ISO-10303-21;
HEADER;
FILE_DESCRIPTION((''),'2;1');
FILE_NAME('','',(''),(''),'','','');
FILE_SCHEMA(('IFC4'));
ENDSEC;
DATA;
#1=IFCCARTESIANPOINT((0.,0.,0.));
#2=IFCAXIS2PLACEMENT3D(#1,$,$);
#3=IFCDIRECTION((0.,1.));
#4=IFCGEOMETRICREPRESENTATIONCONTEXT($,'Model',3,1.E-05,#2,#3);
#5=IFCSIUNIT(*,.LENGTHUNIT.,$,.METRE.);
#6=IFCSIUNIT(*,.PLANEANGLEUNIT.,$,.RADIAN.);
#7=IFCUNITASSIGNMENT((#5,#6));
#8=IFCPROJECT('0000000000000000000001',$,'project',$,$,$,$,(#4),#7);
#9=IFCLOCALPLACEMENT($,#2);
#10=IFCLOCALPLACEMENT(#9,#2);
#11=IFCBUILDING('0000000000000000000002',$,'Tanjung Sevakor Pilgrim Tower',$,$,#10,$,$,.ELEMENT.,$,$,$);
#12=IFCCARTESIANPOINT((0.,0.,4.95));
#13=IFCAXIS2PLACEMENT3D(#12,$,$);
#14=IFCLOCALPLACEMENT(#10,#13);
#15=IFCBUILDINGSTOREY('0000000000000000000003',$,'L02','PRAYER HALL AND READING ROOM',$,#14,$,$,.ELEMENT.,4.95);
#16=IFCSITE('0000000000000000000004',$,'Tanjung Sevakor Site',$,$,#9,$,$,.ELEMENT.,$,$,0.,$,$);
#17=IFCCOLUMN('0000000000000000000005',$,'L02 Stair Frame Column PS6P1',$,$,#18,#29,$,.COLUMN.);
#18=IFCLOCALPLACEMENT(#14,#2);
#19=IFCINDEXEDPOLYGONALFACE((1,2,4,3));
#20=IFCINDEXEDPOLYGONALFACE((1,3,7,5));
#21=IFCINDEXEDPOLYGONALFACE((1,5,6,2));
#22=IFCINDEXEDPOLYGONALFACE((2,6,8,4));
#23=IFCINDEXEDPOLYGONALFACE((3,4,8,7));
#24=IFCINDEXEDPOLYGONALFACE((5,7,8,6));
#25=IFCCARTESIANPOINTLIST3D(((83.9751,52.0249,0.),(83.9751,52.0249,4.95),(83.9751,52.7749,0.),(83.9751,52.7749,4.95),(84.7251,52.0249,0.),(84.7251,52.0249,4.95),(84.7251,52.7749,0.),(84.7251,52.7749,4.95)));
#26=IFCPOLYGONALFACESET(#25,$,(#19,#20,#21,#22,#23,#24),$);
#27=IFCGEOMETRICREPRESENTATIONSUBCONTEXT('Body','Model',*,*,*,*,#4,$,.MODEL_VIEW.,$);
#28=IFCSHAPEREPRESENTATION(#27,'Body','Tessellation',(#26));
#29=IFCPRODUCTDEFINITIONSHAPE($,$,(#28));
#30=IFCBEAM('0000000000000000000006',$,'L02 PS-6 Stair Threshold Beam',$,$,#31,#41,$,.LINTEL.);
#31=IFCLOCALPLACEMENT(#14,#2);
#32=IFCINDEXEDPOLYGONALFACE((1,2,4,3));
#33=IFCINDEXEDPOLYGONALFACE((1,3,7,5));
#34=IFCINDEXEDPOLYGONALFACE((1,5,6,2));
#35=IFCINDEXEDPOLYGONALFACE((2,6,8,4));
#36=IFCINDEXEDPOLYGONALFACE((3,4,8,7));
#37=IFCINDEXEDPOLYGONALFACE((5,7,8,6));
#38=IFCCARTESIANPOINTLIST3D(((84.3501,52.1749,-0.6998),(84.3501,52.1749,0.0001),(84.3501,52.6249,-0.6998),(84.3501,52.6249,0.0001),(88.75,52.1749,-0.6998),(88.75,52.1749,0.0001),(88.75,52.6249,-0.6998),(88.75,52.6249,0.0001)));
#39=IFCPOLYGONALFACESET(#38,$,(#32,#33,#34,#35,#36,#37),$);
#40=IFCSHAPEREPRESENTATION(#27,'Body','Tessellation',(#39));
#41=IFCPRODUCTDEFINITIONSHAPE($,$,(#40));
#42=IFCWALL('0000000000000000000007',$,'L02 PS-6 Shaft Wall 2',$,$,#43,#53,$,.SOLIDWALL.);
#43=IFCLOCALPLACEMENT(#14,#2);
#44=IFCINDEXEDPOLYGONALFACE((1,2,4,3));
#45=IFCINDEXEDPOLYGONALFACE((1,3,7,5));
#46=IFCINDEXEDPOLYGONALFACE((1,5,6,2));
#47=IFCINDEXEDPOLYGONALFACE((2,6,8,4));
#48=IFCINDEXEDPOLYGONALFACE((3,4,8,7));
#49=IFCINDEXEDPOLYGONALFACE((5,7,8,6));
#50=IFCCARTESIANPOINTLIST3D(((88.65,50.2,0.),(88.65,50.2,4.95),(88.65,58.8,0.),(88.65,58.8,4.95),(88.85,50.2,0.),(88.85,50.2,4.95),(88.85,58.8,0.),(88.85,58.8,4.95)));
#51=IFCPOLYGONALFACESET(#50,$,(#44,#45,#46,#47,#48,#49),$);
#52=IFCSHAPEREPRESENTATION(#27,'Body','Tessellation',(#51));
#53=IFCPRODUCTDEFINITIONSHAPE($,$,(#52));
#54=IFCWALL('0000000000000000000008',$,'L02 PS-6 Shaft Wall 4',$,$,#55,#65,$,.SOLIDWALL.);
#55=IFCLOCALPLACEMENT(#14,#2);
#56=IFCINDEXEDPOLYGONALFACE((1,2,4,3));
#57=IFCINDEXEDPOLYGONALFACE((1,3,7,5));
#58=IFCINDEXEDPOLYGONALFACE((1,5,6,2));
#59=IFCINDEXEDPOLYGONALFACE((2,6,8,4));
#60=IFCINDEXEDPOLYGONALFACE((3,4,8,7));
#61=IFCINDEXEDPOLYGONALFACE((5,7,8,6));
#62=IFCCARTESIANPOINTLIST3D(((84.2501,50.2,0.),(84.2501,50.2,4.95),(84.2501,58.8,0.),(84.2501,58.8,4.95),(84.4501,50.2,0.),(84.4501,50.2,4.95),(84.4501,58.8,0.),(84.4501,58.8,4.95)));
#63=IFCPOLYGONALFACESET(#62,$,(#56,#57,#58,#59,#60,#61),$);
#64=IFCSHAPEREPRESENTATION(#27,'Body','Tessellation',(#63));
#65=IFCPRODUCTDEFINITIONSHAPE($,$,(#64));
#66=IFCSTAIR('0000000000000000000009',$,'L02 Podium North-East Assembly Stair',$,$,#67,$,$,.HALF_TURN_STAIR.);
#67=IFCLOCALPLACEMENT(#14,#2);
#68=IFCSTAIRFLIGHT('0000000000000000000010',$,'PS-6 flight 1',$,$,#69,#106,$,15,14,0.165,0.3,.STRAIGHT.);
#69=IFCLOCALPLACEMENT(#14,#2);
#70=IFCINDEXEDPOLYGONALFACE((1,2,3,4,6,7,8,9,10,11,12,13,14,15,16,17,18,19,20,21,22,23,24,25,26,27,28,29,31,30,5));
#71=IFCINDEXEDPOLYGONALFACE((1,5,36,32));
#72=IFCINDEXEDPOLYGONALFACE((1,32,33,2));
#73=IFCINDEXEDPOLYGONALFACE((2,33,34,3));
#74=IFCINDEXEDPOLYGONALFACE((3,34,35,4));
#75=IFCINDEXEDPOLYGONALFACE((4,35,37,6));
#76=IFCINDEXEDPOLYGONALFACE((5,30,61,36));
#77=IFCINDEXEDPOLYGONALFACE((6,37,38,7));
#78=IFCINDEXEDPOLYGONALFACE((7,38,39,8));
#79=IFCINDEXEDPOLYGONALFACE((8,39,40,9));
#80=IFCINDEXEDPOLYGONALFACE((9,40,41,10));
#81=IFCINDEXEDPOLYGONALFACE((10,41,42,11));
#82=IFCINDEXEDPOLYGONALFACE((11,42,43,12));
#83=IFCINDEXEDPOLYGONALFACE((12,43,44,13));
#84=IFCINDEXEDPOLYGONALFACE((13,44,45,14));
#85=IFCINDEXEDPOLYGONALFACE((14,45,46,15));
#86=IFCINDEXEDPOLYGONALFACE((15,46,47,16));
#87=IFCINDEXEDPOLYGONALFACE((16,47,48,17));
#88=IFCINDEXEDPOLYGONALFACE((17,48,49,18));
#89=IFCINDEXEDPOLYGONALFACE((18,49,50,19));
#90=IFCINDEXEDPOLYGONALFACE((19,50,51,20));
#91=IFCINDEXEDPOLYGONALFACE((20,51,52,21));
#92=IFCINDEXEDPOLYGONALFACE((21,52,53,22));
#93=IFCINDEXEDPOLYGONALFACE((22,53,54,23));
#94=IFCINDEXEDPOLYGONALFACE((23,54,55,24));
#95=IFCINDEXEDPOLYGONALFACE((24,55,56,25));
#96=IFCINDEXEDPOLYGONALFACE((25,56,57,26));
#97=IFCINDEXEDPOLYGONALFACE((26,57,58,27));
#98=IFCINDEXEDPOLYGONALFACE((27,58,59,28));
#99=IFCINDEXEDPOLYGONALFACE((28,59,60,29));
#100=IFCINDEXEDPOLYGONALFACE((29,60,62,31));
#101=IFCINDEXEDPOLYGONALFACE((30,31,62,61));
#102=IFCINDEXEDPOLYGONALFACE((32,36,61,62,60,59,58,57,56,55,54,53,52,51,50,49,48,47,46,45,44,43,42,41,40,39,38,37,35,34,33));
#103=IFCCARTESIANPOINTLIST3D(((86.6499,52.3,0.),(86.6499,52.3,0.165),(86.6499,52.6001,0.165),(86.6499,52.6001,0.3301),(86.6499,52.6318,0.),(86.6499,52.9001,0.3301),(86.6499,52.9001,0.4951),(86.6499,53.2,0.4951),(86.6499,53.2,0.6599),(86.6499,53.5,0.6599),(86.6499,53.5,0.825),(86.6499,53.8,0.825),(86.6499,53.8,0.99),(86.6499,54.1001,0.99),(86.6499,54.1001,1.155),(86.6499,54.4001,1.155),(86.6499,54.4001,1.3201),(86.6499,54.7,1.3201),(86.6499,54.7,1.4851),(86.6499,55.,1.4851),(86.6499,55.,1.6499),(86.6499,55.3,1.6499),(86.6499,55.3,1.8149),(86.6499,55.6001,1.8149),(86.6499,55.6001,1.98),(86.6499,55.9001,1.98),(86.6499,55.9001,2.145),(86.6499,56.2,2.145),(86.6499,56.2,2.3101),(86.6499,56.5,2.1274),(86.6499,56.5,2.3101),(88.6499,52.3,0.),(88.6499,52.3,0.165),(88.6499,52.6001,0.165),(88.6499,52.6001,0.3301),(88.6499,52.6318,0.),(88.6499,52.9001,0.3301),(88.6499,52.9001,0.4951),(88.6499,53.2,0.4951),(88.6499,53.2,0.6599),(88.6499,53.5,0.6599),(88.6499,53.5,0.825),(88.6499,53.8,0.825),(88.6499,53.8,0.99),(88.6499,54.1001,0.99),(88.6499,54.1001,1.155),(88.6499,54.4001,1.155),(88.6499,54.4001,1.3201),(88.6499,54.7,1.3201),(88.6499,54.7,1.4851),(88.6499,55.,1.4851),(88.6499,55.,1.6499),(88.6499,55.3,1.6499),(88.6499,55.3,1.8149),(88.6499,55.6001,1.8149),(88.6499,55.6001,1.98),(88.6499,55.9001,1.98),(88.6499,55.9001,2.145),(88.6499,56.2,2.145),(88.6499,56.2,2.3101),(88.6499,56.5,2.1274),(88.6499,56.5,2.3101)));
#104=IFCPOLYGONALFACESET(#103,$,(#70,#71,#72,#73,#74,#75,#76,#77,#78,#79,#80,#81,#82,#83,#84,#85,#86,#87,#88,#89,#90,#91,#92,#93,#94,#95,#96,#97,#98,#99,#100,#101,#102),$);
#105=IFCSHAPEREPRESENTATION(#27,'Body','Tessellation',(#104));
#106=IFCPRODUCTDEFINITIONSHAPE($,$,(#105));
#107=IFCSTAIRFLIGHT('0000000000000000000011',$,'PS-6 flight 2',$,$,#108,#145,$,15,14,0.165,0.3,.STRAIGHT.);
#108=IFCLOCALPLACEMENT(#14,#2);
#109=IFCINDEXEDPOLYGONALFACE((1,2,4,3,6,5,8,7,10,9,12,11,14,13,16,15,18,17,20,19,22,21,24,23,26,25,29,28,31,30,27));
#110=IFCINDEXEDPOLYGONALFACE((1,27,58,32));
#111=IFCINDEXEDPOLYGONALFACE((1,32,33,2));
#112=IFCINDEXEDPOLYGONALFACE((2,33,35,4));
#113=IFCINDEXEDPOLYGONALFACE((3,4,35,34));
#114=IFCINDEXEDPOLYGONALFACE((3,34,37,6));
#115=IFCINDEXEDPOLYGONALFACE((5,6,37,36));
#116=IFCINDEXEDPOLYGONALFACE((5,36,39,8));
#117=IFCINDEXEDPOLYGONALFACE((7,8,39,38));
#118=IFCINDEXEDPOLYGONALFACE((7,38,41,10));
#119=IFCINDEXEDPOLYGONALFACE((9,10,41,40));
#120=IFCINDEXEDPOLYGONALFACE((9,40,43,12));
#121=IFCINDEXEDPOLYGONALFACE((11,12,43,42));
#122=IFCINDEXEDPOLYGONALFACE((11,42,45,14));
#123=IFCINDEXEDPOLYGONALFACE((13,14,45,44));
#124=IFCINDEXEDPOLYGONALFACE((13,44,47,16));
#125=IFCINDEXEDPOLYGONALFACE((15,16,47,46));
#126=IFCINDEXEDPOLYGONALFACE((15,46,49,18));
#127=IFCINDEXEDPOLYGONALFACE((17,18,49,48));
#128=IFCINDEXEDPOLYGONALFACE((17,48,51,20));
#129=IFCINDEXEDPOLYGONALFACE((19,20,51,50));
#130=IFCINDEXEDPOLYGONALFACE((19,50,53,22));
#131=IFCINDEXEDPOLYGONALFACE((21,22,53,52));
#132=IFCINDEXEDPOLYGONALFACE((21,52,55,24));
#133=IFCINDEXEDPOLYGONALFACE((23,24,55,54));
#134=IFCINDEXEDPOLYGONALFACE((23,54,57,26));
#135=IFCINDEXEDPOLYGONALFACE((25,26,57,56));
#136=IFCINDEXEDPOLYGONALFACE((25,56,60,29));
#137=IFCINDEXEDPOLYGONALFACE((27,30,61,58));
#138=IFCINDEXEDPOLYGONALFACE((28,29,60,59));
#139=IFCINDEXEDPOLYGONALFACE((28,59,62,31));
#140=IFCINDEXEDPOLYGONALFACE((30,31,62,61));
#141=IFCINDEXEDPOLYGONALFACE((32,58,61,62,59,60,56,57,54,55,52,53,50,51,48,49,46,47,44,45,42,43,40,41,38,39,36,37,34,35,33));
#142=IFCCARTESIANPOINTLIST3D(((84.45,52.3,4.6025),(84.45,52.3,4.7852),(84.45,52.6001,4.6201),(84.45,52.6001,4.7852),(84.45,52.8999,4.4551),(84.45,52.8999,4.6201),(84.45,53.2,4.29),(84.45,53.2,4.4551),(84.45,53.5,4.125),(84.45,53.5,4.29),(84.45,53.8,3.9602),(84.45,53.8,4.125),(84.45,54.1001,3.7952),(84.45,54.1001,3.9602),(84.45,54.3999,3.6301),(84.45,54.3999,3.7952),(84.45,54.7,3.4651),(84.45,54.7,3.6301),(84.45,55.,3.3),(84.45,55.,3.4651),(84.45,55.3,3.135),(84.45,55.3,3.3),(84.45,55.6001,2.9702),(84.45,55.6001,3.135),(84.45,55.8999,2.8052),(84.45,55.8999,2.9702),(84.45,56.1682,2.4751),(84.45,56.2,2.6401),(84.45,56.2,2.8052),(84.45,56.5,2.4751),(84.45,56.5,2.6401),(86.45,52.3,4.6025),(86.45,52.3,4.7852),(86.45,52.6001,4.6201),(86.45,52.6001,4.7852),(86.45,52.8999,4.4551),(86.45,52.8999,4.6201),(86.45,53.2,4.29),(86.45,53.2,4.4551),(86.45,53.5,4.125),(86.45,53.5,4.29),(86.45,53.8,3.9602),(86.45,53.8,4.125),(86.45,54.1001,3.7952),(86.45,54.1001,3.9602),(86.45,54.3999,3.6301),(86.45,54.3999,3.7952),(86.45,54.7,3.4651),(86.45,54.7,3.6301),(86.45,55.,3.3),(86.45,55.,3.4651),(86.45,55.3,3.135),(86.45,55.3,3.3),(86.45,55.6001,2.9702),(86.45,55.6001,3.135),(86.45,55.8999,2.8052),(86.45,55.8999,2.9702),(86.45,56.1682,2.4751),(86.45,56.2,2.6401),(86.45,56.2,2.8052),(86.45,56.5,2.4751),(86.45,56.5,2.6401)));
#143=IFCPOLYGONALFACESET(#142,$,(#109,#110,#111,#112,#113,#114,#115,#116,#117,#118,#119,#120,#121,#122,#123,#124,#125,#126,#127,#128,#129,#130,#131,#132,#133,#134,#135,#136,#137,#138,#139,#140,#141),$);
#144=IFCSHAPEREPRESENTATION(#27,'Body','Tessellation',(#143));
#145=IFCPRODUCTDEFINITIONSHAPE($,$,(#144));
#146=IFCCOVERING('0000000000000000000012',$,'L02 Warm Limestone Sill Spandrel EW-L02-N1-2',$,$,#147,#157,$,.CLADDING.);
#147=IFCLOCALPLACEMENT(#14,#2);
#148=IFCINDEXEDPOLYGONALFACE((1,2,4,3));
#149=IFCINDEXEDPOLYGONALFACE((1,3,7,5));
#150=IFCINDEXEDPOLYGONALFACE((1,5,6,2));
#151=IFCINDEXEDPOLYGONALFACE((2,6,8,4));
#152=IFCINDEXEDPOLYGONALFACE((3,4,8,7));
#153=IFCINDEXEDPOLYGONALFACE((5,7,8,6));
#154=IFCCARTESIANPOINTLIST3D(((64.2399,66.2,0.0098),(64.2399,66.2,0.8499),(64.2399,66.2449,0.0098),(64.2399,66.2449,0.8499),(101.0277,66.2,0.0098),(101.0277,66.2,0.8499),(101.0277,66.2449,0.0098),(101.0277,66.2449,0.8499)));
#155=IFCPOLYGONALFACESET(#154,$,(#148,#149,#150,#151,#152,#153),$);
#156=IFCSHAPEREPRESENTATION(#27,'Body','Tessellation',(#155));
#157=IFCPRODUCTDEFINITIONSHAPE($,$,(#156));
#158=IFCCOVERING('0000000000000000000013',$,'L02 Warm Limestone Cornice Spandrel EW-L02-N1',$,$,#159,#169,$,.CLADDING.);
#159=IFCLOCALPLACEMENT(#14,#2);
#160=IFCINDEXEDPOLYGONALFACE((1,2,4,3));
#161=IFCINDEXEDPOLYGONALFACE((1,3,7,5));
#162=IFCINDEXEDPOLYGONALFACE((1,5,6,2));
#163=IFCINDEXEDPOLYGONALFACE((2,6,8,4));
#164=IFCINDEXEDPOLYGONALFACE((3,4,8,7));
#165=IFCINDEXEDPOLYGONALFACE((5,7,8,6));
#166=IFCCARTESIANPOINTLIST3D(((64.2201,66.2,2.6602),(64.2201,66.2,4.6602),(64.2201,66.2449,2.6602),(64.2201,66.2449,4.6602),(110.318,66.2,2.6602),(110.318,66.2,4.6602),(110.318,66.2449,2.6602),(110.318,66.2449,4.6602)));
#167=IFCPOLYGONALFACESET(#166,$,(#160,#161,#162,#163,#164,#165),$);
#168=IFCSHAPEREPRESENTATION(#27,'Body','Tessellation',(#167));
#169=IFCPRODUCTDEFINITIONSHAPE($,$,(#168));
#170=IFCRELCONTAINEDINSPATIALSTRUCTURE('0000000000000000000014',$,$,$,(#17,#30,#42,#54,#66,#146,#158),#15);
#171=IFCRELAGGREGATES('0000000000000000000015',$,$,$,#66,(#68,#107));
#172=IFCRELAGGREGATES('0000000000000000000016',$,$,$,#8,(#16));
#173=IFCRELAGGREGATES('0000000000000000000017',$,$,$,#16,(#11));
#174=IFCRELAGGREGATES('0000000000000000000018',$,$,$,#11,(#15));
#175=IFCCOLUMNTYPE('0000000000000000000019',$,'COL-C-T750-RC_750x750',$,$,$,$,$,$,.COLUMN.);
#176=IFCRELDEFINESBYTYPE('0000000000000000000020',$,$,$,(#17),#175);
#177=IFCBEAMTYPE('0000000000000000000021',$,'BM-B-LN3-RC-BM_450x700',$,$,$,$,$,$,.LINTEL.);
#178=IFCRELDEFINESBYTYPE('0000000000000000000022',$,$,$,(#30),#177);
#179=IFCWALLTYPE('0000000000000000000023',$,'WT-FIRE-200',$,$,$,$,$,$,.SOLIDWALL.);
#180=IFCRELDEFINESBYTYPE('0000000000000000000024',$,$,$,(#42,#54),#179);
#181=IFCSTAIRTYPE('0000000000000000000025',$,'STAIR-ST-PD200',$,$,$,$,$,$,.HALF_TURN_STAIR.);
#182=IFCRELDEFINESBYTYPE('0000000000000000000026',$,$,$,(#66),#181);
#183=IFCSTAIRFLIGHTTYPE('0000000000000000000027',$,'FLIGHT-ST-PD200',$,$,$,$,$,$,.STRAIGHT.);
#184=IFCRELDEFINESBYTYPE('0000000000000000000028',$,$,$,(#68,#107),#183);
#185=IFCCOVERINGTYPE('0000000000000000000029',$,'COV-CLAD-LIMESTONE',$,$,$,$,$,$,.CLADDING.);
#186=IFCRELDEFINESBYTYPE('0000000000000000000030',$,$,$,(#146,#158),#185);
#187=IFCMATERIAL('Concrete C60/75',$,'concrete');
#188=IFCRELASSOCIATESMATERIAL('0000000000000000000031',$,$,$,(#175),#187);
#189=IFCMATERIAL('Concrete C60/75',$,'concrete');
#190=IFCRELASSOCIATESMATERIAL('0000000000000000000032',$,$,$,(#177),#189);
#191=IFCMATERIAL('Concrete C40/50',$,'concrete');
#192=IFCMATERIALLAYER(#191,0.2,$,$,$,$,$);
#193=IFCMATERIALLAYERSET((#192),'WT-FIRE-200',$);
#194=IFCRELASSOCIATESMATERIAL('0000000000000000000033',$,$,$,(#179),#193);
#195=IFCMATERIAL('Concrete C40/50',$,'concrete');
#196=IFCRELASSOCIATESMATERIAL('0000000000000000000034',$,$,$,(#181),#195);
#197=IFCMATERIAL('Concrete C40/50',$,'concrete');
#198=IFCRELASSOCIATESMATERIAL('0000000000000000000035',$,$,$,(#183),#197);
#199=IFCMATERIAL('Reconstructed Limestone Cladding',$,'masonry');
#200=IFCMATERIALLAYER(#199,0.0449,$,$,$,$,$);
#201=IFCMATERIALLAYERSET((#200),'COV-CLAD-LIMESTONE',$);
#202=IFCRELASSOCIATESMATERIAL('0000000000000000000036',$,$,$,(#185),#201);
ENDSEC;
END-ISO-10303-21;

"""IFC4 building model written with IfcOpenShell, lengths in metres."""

from ifc_helpers import new_model, si_unit, direction, frame, frame_2d, origin, origin_2d, place, context, subcontext, project, spatial, polyline, rectangle, outline, extrude, material, layer, layer_set, material_profile, profile_set, type_object, element, aggregate, save


model = new_model("IFC4")

# Units and contexts
model_context = context("Model", 3, precision=1e-05, world=origin(), true_north=direction((0.0, 1.0)))
body_context = subcontext(model_context, "Body", "Model", "MODEL_VIEW")
ifc_project = project(units=[si_unit("LENGTHUNIT", "METRE"), si_unit("PLANEANGLEUNIT", "RADIAN")], contexts=[model_context])

# Site, building, storey
site_placement = place(None, origin())
site = spatial("IfcSite", under=ifc_project, at=site_placement, Name="Tanjung Sevakor Site", CompositionType="ELEMENT", RefElevation=0.0)
building_placement = place(site_placement, origin())
building = spatial("IfcBuilding", under=site, at=building_placement, Name="Tanjung Sevakor Pilgrim Tower", CompositionType="ELEMENT")
storey_placement = place(building_placement, frame((0.0, 0.0, 4.95)))
storey = spatial("IfcBuildingStorey", under=building, at=storey_placement, Name="L02", Description="PRAYER HALL AND READING ROOM", CompositionType="ELEMENT", Elevation=4.95)

# Column
ifc_material_1 = material(Name="Concrete C60/75", Category="concrete")
ifc_material_profile_1 = material_profile(ifc_material_1, rectangle(XDim=0.75, YDim=0.75, at=origin_2d()))
ifc_profile_set_1 = profile_set([ifc_material_profile_1], Name="Concrete C60/75")
column_type = type_object("IfcColumnType", Name="COL-C-T750-RC_750x750", PredefinedType="COLUMN", material=ifc_profile_set_1)
column_placement = place(storey_placement, frame((84.3501, 52.3999, 0.0), z_axis=(0.0, 0.0, 1.0), x_axis=(1.0, 0.0, 0.0)))
element("IfcColumn", 1, at=column_placement, inside=storey, type_object=column_type, Name="L02 Stair Frame Column PS6P1", PredefinedType="COLUMN", context=body_context, shape_type="SweptSolid", body=[
    extrude(rectangle(XDim=0.75, YDim=0.75, at=origin_2d()), origin(), (0.0, 0.0, 1.0), 4.95),
])

# Beam
ifc_material_2 = material(Name="Concrete C60/75", Category="concrete")
ifc_material_profile_2 = material_profile(ifc_material_2, rectangle(XDim=0.45, YDim=0.7, at=origin_2d()))
ifc_profile_set_2 = profile_set([ifc_material_profile_2], Name="Concrete C60/75")
beam_type = type_object("IfcBeamType", Name="BM-B-LN3-RC-BM_450x700", PredefinedType="LINTEL", material=ifc_profile_set_2)
beam_placement = place(storey_placement, frame((84.3501, 52.3999, -0.3499), z_axis=(1.0, 0.0, 0.0), x_axis=(0.0, 1.0, 0.0)))
element("IfcBeam", 2, at=beam_placement, inside=storey, type_object=beam_type, Name="L02 PS-6 Stair Threshold Beam", PredefinedType="LINTEL", context=body_context, shape_type="SweptSolid", body=[
    extrude(rectangle(XDim=0.45, YDim=0.7, at=origin_2d()), origin(), (0.0, 0.0, 1.0), 4.3999),
])

# Shared definitions
ifc_material_3 = material(Name="Concrete C40/50", Category="concrete")
ifc_layer_1 = layer(ifc_material_3, 0.2)
ifc_layer_set_1 = layer_set([ifc_layer_1], Name="WT-FIRE-200")
wall_type = type_object("IfcWallType", Name="WT-FIRE-200", PredefinedType="SOLIDWALL", material=ifc_layer_set_1)

# Walls
for number, where, z_axis, x_axis, name in (
    (3, (88.75, 50.2, 0.0), (0.0, 0.0, 1.0), (0.0, 1.0, 0.0), "L02 PS-6 Shaft Wall 2"),
    (4, (84.3501, 58.8, 0.0), (0.0, 0.0, 1.0), (0.0, -1.0, 0.0), "L02 PS-6 Shaft Wall 4"),
):
    element("IfcWall", number, at=place(storey_placement, frame(where, z_axis=z_axis, x_axis=x_axis)), inside=storey, type_object=wall_type, Name=name, PredefinedType="SOLIDWALL", context=body_context, shape_type="SweptSolid", body=[
        extrude(rectangle(XDim=8.6001, YDim=0.2, at=frame_2d((4.3, 0.0))), origin(), (0.0, 0.0, 1.0), 4.95),
    ])

# Stair, stair flights
ifc_material_4 = material(Name="Concrete C40/50", Category="concrete")
stair_type = type_object("IfcStairType", Name="STAIR-ST-PD200", PredefinedType="HALF_TURN_STAIR", material=ifc_material_4)
stair_placement = place(storey_placement, origin())
stair = element("IfcStair", 5, at=stair_placement, inside=storey, type_object=stair_type, Name="L02 Podium North-East Assembly Stair", PredefinedType="HALF_TURN_STAIR")
ifc_material_5 = material(Name="Concrete C40/50", Category="concrete")
stair_flight_type = type_object("IfcStairFlightType", Name="FLIGHT-ST-PD200", PredefinedType="STRAIGHT", material=ifc_material_5)
stair_flight_1_placement = place(storey_placement, frame((87.6499, 52.3, 0.0), z_axis=(0.0, 0.0, 1.0), x_axis=(0.0, 1.0, 0.0)))
stair_flight_1 = element("IfcStairFlight", 6, at=stair_flight_1_placement, type_object=stair_flight_type, Name="PS-6 flight 1", NumberOfRisers=15, NumberOfTreads=14, PredefinedType="STRAIGHT", RiserHeight=0.165, TreadLength=0.3, context=body_context, shape_type="SweptSolid", body=[
    extrude(outline(polyline([(0.0, 0.0), (0.0, 0.165), (0.3, 0.165), (0.3, 0.3301), (0.6001, 0.3301), (0.6001, 0.4951), (0.8999, 0.4951), (0.8999, 0.6599), (1.2, 0.6599), (1.2, 0.825), (1.5, 0.825), (1.5, 0.99), (1.8, 0.99), (1.8, 1.155), (2.1001, 1.155), (2.1001, 1.3201), (2.3999, 1.3201), (2.3999, 1.4851), (2.7, 1.4851), (2.7, 1.6499), (3.0, 1.6499), (3.0, 1.8149), (3.3, 1.8149), (3.3, 1.98), (3.6001, 1.98), (3.6001, 2.145), (3.8999, 2.145), (3.8999, 2.3101), (4.2, 2.3101), (4.2, 2.4751), (4.2, 2.1274), (0.3318, 0.0), (0.0, 0.0)])), frame((0.0, 1.0, 0.0), z_axis=(0.0, -1.0, 0.0), x_axis=(1.0, 0.0, 0.0)), (0.0, 0.0, 1.0), 2.0),
])
stair_flight_2_placement = place(storey_placement, frame((85.45, 56.5, 2.4751), z_axis=(0.0, 0.0, 1.0), x_axis=(0.0, -1.0, 0.0)))
stair_flight_2 = element("IfcStairFlight", 7, at=stair_flight_2_placement, type_object=stair_flight_type, Name="PS-6 flight 2", NumberOfRisers=15, NumberOfTreads=14, PredefinedType="STRAIGHT", RiserHeight=0.165, TreadLength=0.3, context=body_context, shape_type="SweptSolid", body=[
    extrude(outline(polyline([(0.0, 0.0), (0.0, 0.165), (0.3, 0.165), (0.3, 0.3301), (0.6001, 0.3301), (0.6001, 0.4951), (0.8999, 0.4951), (0.8999, 0.6599), (1.2, 0.6599), (1.2, 0.825), (1.5, 0.825), (1.5, 0.99), (1.8, 0.99), (1.8, 1.155), (2.1001, 1.155), (2.1001, 1.3201), (2.3999, 1.3201), (2.3999, 1.4851), (2.7, 1.4851), (2.7, 1.6499), (3.0, 1.6499), (3.0, 1.8149), (3.3, 1.8149), (3.3, 1.98), (3.6001, 1.98), (3.6001, 2.145), (3.8999, 2.145), (3.8999, 2.3101), (4.2, 2.3101), (4.2, 2.4751), (4.2, 2.1274), (0.3318, 0.0), (0.0, 0.0)])), frame((0.0, 1.0, 0.0), z_axis=(0.0, -1.0, 0.0), x_axis=(1.0, 0.0, 0.0)), (0.0, 0.0, 1.0), 2.0),
])
aggregate(stair, [stair_flight_1, stair_flight_2])

# Coverings
ifc_material_6 = material(Name="Reconstructed Limestone Cladding", Category="masonry")
ifc_layer_2 = layer(ifc_material_6, 0.0449)
ifc_layer_set_2 = layer_set([ifc_layer_2], Name="COV-CLAD-LIMESTONE")
covering_type = type_object("IfcCoveringType", Name="COV-CLAD-LIMESTONE", PredefinedType="CLADDING", material=ifc_layer_set_2)
covering_1_placement = place(storey_placement, frame((82.6338, 66.2224, 0.0098), z_axis=(0.0, 0.0, 1.0), x_axis=(-1.0, 0.0, 0.0)))
element("IfcCovering", 8, at=covering_1_placement, inside=storey, type_object=covering_type, Name="L02 Warm Limestone Sill Spandrel EW-L02-N1-2", PredefinedType="CLADDING", context=body_context, shape_type="SweptSolid", body=[
    extrude(rectangle(XDim=36.7878, YDim=0.0449, at=origin_2d()), origin(), (0.0, 0.0, 1.0), 0.8401),
])
covering_2_placement = place(storey_placement, frame((87.269, 66.2224, 2.6602), z_axis=(0.0, 0.0, 1.0), x_axis=(-1.0, 0.0, 0.0)))
element("IfcCovering", 9, at=covering_2_placement, inside=storey, type_object=covering_type, Name="L02 Warm Limestone Cornice Spandrel EW-L02-N1", PredefinedType="CLADDING", context=body_context, shape_type="SweptSolid", body=[
    extrude(rectangle(XDim=46.0979, YDim=0.0449, at=origin_2d()), origin(), (0.0, 0.0, 1.0), 2.0),
])

save(model, "model.ifc")
